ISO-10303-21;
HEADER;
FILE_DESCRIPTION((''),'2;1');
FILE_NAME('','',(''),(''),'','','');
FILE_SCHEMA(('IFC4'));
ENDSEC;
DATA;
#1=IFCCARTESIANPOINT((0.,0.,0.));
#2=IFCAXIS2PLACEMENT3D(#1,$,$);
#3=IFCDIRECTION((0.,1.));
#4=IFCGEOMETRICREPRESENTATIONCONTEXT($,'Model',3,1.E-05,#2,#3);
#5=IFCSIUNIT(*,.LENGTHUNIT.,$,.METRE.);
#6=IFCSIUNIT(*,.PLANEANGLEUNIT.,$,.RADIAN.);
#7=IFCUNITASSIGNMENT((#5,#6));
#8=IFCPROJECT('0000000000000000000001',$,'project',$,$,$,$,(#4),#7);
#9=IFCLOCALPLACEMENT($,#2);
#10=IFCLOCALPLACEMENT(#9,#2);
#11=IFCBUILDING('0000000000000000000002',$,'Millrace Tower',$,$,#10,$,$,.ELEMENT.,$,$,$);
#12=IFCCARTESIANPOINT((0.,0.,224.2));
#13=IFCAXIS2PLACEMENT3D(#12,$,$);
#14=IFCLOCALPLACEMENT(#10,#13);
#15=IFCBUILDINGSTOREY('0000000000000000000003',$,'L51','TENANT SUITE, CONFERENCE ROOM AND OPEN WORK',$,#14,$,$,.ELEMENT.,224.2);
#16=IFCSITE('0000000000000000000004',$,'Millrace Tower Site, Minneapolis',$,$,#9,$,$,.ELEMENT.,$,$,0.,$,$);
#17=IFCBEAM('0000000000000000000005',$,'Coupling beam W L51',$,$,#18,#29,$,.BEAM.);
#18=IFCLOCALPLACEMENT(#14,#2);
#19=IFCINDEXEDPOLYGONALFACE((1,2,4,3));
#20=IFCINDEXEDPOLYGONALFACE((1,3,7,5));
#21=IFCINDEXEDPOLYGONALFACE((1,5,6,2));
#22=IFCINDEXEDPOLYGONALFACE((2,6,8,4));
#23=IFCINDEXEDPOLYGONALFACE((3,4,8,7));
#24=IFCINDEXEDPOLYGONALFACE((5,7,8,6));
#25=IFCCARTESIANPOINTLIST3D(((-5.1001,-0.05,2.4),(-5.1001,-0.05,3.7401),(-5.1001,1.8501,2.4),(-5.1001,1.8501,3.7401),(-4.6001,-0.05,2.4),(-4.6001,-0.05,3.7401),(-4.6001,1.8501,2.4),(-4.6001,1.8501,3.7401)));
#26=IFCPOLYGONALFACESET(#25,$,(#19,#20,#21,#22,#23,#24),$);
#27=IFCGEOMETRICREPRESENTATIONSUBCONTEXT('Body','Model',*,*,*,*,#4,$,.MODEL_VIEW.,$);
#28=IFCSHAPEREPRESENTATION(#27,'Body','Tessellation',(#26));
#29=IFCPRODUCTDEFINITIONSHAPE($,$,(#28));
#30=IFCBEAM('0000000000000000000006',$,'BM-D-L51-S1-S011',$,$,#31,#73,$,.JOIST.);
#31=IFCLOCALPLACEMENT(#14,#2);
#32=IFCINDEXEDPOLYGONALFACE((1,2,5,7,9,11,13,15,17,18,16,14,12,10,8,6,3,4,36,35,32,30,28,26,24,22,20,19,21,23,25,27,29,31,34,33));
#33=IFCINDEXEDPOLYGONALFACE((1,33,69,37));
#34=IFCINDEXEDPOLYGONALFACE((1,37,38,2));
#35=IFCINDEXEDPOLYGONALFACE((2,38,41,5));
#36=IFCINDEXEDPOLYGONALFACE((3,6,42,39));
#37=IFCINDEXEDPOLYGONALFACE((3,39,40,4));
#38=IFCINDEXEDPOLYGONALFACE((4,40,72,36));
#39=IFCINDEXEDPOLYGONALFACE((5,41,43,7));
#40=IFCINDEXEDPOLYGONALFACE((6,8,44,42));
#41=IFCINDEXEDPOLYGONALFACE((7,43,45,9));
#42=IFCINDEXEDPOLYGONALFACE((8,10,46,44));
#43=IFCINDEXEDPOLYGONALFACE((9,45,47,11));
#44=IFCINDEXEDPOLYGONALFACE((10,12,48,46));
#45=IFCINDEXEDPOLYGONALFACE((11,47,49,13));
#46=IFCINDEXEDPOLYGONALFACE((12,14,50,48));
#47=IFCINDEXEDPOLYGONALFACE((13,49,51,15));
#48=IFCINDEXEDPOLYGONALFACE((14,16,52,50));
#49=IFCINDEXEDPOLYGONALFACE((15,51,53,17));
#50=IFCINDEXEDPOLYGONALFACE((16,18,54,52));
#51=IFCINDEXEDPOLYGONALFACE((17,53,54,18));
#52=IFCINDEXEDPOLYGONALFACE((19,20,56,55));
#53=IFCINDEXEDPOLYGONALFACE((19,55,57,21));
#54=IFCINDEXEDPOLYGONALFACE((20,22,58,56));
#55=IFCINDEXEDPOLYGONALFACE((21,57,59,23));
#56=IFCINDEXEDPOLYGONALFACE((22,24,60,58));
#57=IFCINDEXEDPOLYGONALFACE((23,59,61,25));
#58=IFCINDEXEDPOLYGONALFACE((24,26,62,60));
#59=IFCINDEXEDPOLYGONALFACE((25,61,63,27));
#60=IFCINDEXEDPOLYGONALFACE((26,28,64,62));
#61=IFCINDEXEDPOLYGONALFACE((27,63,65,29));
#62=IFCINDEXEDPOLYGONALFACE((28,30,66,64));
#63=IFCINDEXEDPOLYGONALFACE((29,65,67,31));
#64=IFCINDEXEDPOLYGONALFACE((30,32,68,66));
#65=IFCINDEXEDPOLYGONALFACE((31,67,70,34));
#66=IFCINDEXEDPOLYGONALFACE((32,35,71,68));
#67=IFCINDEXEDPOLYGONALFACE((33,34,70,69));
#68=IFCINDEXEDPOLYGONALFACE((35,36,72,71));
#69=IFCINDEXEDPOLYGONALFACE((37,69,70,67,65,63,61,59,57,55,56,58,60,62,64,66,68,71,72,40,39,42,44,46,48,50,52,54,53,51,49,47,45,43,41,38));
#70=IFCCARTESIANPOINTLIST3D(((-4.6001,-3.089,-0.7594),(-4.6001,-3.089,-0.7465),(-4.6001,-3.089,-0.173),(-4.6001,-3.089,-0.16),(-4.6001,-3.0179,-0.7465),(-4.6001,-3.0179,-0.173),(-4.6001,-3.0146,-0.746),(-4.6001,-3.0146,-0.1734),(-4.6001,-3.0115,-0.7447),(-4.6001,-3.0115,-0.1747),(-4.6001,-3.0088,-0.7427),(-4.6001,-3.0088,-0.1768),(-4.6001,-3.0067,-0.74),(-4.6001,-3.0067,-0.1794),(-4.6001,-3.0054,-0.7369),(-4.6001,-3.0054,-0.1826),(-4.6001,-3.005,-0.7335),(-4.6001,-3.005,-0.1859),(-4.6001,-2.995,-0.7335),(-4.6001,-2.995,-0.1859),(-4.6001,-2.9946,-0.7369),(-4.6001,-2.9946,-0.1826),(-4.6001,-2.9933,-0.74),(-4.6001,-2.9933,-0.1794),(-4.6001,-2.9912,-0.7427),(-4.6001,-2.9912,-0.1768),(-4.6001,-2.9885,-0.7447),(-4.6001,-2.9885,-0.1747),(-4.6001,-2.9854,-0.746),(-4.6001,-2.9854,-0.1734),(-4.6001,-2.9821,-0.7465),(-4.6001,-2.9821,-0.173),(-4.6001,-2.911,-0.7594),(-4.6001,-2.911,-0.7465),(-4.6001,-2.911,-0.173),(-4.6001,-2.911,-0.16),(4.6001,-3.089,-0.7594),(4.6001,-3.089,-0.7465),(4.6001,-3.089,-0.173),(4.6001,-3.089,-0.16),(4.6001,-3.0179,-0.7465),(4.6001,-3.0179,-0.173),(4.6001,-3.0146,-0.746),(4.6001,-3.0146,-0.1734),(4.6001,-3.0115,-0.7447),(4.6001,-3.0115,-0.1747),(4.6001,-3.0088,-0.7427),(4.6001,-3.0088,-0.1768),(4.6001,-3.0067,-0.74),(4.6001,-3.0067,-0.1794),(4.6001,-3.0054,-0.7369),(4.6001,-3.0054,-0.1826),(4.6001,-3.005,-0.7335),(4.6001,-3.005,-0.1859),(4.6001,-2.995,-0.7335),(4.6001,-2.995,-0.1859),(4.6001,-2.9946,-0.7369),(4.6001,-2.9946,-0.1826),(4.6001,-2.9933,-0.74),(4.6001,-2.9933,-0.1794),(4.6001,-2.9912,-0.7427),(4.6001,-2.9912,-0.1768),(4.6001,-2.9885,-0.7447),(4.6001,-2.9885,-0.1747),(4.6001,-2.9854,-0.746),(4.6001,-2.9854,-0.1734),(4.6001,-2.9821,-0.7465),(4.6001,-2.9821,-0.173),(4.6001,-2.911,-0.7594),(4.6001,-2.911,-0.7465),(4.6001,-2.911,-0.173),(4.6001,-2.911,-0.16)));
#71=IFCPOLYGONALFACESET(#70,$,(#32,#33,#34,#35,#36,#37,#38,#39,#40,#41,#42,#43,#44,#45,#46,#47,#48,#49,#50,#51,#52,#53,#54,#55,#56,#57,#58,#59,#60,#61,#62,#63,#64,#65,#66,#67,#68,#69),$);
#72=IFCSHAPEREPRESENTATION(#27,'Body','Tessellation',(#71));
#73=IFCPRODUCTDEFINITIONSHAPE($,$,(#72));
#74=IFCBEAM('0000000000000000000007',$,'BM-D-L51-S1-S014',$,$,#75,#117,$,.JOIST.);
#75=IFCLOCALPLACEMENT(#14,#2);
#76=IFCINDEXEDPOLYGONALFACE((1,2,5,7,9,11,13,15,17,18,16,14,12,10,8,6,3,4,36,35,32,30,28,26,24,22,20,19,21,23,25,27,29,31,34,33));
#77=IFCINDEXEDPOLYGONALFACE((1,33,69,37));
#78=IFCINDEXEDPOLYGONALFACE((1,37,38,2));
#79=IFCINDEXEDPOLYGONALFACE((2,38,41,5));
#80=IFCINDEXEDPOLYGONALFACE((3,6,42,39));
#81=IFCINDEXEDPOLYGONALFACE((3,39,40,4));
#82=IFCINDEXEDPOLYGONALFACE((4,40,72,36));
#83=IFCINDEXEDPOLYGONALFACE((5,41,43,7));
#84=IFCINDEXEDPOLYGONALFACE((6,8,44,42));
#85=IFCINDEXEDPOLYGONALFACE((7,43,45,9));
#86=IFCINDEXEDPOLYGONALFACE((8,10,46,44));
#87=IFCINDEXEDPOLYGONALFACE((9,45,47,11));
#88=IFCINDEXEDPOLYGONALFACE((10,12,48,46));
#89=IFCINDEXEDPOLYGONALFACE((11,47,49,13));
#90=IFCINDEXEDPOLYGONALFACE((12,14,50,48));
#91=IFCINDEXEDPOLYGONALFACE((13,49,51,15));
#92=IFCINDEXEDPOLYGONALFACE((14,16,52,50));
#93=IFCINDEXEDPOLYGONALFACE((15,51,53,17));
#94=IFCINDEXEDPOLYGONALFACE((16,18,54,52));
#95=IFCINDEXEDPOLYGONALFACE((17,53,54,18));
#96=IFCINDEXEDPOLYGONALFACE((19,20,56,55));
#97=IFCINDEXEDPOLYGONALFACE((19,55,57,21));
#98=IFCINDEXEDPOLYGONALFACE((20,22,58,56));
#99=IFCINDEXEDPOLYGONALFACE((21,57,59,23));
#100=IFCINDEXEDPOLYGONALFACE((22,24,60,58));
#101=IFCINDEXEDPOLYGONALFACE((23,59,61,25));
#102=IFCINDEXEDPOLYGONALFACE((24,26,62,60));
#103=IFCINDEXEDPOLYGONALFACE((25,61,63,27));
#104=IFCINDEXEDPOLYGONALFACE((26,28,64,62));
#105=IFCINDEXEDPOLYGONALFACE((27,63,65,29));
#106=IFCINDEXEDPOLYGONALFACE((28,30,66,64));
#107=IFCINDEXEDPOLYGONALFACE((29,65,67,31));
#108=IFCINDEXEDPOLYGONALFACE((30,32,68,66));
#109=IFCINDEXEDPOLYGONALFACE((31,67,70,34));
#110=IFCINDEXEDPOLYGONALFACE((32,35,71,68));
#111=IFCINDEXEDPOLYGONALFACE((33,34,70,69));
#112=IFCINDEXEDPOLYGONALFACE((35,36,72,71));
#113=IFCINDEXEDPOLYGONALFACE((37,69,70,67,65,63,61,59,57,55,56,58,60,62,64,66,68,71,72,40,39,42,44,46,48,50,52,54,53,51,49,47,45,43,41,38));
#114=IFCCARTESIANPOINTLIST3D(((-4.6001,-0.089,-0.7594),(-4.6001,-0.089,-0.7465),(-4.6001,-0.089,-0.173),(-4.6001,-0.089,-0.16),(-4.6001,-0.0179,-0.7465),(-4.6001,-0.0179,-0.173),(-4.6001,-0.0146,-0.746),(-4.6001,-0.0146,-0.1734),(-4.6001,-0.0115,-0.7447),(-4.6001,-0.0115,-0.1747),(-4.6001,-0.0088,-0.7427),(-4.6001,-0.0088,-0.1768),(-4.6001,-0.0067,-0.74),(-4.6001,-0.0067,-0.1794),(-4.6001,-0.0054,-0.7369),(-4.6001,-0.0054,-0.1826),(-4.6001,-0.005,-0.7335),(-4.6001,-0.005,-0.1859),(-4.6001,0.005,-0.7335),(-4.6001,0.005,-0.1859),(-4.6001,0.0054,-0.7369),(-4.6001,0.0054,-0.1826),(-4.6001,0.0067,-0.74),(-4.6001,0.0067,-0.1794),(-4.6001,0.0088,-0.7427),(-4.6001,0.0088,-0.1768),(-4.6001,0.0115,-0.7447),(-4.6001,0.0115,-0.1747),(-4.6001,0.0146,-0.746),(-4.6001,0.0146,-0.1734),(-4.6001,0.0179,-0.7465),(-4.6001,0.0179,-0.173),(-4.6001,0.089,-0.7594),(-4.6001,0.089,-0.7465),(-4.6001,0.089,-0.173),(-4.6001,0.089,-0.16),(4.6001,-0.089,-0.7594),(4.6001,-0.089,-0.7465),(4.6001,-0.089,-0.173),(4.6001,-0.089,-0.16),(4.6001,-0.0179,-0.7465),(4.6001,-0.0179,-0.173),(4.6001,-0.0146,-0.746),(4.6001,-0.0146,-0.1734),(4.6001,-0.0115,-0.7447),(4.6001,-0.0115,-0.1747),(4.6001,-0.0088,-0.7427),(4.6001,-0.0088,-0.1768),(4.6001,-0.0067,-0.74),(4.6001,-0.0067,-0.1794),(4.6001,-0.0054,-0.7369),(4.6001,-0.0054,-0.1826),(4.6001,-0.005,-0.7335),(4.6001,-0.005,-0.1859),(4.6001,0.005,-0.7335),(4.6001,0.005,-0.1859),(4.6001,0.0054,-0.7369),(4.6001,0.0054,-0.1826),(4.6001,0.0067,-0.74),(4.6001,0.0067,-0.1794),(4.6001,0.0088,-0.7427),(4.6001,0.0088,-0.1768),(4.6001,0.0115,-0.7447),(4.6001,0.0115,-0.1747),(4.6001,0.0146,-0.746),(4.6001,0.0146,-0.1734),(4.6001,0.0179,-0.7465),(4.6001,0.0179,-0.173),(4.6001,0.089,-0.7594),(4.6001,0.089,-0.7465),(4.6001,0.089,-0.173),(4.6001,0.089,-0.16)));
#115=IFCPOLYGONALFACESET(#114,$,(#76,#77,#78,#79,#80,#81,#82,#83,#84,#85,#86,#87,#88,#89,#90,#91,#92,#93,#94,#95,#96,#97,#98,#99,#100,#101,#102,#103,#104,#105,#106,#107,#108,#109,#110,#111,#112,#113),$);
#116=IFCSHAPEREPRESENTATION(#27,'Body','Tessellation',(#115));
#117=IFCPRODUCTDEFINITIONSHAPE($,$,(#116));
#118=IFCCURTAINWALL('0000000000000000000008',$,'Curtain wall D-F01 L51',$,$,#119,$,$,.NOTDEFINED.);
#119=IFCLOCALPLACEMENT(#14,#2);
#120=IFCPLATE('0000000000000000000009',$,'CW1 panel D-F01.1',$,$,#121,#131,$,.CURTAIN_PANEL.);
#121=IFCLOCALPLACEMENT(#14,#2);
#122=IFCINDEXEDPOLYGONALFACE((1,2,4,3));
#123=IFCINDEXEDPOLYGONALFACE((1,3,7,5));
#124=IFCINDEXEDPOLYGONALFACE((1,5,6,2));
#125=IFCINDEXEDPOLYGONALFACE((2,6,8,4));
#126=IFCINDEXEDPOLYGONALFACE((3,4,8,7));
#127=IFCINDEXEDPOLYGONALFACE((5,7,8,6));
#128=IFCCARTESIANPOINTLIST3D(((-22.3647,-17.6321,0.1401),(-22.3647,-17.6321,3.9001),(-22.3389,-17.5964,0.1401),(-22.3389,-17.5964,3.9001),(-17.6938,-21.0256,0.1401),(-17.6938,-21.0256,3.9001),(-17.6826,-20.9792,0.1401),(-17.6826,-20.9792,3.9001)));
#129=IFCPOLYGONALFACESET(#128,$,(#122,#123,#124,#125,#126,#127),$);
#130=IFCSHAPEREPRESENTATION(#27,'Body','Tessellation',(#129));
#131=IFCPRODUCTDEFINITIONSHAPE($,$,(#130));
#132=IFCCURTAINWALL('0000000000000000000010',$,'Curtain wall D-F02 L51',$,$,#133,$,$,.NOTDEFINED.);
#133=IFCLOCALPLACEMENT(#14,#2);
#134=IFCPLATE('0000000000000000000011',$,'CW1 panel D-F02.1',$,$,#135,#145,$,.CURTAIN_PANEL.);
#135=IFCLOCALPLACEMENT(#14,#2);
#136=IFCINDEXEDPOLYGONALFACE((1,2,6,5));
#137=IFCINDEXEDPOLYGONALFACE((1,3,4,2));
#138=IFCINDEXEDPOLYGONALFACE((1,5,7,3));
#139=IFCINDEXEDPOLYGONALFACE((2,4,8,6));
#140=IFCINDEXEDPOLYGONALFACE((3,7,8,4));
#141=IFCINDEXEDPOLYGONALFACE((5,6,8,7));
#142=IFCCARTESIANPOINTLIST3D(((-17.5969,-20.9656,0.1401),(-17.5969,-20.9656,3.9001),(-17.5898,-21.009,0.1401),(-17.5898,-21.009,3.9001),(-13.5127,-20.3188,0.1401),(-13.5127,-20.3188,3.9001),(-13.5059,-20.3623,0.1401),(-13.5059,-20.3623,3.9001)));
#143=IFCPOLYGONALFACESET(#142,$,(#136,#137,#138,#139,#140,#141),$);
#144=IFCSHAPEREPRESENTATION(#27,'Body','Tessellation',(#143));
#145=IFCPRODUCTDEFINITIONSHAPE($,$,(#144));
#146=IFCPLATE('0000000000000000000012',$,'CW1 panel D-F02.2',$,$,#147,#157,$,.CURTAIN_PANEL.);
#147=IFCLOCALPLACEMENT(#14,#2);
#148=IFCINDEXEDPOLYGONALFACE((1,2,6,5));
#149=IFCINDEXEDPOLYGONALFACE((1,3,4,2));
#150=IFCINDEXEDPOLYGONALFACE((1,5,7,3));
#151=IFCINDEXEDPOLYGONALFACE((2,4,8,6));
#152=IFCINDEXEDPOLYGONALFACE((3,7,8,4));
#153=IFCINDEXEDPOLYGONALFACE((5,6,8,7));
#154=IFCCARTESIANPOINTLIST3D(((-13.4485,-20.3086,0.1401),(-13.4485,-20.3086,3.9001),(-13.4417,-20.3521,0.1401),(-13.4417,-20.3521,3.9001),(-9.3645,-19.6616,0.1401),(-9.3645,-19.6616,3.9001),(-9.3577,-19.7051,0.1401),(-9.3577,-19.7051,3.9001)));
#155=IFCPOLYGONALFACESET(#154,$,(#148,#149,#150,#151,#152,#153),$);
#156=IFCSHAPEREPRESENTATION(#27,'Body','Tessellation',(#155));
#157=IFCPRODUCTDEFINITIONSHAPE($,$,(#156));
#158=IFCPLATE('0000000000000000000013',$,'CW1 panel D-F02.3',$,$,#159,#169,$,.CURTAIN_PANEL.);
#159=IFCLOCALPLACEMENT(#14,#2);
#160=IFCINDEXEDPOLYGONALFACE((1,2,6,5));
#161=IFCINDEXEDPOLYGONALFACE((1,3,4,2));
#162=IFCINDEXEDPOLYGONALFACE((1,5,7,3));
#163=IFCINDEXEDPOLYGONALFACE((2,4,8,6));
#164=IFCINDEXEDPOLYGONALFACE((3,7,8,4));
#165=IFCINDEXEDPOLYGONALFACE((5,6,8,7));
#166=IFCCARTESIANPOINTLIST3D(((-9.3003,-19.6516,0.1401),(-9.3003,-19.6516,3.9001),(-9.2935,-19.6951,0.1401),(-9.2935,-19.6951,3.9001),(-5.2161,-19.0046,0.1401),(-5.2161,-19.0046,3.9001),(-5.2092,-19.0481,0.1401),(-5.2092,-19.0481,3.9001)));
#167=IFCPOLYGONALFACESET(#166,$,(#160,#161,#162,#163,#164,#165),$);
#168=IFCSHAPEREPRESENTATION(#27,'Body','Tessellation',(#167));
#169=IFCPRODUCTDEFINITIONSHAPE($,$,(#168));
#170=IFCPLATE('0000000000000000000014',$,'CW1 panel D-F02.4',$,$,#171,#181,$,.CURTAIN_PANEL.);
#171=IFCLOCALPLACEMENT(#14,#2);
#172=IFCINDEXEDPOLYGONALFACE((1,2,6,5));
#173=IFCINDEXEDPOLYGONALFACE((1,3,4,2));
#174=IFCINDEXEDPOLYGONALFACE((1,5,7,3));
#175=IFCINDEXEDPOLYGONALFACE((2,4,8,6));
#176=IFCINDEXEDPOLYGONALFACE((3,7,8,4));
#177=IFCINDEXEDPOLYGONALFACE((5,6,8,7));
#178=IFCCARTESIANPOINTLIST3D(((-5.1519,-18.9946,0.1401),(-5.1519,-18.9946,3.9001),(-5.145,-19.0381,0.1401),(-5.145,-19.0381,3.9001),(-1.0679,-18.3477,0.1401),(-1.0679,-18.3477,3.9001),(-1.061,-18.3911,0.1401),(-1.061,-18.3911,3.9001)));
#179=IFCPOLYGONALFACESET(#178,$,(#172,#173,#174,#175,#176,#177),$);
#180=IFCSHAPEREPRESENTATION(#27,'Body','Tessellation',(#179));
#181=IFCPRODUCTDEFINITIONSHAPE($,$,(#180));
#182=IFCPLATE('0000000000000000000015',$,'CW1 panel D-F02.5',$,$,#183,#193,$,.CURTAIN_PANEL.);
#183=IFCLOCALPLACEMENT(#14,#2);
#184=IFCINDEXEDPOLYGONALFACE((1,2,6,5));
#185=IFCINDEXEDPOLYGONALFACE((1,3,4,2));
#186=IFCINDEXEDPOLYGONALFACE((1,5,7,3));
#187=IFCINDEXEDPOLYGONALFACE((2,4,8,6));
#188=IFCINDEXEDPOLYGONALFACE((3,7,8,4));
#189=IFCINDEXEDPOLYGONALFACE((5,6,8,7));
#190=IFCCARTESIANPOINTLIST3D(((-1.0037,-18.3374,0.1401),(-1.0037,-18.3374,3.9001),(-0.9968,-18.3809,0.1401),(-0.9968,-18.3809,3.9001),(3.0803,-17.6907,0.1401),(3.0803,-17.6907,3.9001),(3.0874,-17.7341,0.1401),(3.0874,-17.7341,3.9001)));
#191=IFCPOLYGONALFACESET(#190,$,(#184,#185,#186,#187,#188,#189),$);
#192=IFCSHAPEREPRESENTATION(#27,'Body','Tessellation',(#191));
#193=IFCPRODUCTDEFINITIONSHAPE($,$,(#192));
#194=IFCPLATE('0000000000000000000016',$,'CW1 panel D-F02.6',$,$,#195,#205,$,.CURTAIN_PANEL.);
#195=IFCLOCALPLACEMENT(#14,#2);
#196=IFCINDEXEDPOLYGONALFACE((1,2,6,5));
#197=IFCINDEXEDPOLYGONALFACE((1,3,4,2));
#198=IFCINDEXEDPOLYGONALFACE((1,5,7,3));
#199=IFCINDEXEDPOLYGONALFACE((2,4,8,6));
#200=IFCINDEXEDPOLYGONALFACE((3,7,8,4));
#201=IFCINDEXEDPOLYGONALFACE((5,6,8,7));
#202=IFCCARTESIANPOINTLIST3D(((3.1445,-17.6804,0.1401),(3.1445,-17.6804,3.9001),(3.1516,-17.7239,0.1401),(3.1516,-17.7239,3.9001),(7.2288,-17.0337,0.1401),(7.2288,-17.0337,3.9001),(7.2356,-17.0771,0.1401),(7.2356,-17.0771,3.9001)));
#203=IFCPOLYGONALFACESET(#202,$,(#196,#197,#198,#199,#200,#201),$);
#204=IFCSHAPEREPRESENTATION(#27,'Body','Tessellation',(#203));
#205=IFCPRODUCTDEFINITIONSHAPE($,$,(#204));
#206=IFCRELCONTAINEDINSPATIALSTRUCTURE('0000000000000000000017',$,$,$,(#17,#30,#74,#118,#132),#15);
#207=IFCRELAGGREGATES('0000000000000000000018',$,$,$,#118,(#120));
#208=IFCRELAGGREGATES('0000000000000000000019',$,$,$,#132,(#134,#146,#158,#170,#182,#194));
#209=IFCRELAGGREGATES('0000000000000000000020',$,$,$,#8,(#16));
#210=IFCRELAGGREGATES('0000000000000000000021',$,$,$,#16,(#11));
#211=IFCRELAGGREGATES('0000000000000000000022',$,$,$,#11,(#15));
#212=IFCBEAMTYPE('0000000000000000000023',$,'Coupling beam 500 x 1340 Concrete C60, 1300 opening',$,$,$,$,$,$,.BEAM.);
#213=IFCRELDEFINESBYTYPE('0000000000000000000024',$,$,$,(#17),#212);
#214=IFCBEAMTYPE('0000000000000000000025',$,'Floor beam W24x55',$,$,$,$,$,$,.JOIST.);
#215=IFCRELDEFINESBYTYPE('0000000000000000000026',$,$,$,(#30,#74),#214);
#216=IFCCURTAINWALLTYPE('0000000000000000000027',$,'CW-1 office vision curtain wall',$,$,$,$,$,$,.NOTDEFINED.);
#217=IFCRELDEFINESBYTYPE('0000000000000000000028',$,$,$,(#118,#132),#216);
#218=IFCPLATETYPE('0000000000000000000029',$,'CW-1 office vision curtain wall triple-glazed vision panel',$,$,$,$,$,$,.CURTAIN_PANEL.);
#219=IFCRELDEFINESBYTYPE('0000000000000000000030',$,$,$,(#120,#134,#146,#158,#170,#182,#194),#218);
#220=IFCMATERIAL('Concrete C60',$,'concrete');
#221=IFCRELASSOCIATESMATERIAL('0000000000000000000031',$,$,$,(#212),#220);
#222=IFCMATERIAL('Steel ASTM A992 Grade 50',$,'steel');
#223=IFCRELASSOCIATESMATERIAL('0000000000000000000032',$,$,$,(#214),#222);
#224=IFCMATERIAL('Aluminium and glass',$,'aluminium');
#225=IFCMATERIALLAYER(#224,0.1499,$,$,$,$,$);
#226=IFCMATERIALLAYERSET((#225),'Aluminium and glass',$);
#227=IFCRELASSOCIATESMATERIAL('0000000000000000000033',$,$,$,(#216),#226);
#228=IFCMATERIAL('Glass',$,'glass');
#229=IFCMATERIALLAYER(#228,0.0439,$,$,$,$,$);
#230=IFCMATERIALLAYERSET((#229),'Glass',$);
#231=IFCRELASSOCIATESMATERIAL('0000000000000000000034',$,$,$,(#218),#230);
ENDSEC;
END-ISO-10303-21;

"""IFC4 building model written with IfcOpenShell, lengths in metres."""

from ifc_helpers import new_model, si_unit, direction, frame, origin, origin_2d, place, context, subcontext, project, spatial, polyline, rectangle, i_section, outline, extrude, material, layer, layer_set, material_profile, profile_set, type_object, element, aggregate, save


model = new_model("IFC4")

# Units and contexts
model_context = context("Model", 3, precision=1e-05, world=origin(), true_north=direction((0.0, 1.0)))
body_context = subcontext(model_context, "Body", "Model", "MODEL_VIEW")
ifc_project = project(units=[si_unit("LENGTHUNIT", "METRE"), si_unit("PLANEANGLEUNIT", "RADIAN")], contexts=[model_context])

# Site, building, storey
site_placement = place(None, origin())
site = spatial("IfcSite", under=ifc_project, at=site_placement, Name="Millrace Tower Site, Minneapolis", CompositionType="ELEMENT", RefElevation=0.0)
building_placement = place(site_placement, origin())
building = spatial("IfcBuilding", under=site, at=building_placement, Name="Millrace Tower", CompositionType="ELEMENT")
storey_placement = place(building_placement, frame((0.0, 0.0, 224.2)))
storey = spatial("IfcBuildingStorey", under=building, at=storey_placement, Name="L51", Description="TENANT SUITE, CONFERENCE ROOM AND OPEN WORK", CompositionType="ELEMENT", Elevation=224.2)

# Beams
ifc_material_1 = material(Name="Concrete C60", Category="concrete")
ifc_material_profile_1 = material_profile(ifc_material_1, rectangle(XDim=0.5, YDim=1.3401, at=origin_2d()))
ifc_profile_set_1 = profile_set([ifc_material_profile_1], Name="Concrete C60")
beam_type_1 = type_object("IfcBeamType", Name="Coupling beam 500 x 1340 Concrete C60, 1300 opening", PredefinedType="BEAM", material=ifc_profile_set_1)
beam_placement = place(storey_placement, frame((-4.8501, -0.05, 3.0701), z_axis=(0.0, 1.0, 0.0), x_axis=(-1.0, 0.0, 0.0)))
element("IfcBeam", 1, at=beam_placement, inside=storey, type_object=beam_type_1, Name="Coupling beam W L51", PredefinedType="BEAM", context=body_context, shape_type="SweptSolid", body=[
    extrude(rectangle(XDim=0.5, YDim=1.3401, at=origin_2d()), origin(), (0.0, 0.0, 1.0), 1.9001),
])
ifc_material_2 = material(Name="Steel ASTM A992 Grade 50", Category="steel")
ifc_material_profile_2 = material_profile(ifc_material_2, i_section(OverallWidth=0.178, OverallDepth=0.5994, WebThickness=0.01, FlangeThickness=0.0129, FilletRadius=0.0129, at=origin_2d()))
ifc_profile_set_2 = profile_set([ifc_material_profile_2], Name="Steel ASTM A992 Grade 50")
beam_type_2 = type_object("IfcBeamType", Name="Floor beam W24x55", PredefinedType="JOIST", material=ifc_profile_set_2)
for number, where, z_axis, x_axis, name in (
    (2, (-4.6001, -3.0, -0.4597), (1.0, 0.0, 0.0), (0.0, 1.0, 0.0), "BM-D-L51-S1-S011"),
    (3, (-4.6001, 0.0, -0.4597), (1.0, 0.0, 0.0), (0.0, 1.0, 0.0), "BM-D-L51-S1-S014"),
):
    element("IfcBeam", number, at=place(storey_placement, frame(where, z_axis=z_axis, x_axis=x_axis)), inside=storey, type_object=beam_type_2, Name=name, PredefinedType="JOIST", context=body_context, shape_type="SweptSolid", body=[
        extrude(i_section(OverallWidth=0.178, OverallDepth=0.5994, WebThickness=0.01, FlangeThickness=0.0129, FilletRadius=0.0129, at=origin_2d()), origin(), (0.0, 0.0, 1.0), 9.2002),
    ])

# Curtain wall, plate
ifc_material_3 = material(Name="Aluminium and glass", Category="aluminium")
ifc_layer_1 = layer(ifc_material_3, 0.1499)
ifc_layer_set_1 = layer_set([ifc_layer_1], Name="Aluminium and glass")
curtain_wall_type = type_object("IfcCurtainWallType", Name="CW-1 office vision curtain wall", PredefinedType="NOTDEFINED", material=ifc_layer_set_1)
placement_1 = place(storey_placement, origin())
curtain_wall_1 = element("IfcCurtainWall", 4, at=placement_1, inside=storey, type_object=curtain_wall_type, Name="Curtain wall D-F01 L51", PredefinedType="NOTDEFINED")
ifc_material_4 = material(Name="Glass", Category="glass")
ifc_layer_2 = layer(ifc_material_4, 0.0439)
ifc_layer_set_2 = layer_set([ifc_layer_2], Name="Glass")
plate_type = type_object("IfcPlateType", Name="CW-1 office vision curtain wall triple-glazed vision panel", PredefinedType="CURTAIN_PANEL", material=ifc_layer_set_2)
placement_2 = place(storey_placement, frame((0.0, 0.0, 0.1401)))
plate_1 = element("IfcPlate", 5, at=placement_2, type_object=plate_type, Name="CW1 panel D-F01.1", PredefinedType="CURTAIN_PANEL", context=body_context, shape_type="SweptSolid", body=[
    extrude(outline(polyline([(-22.3647, -17.6321), (-17.6938, -21.0256), (-17.6826, -20.9792), (-22.3389, -17.5964), (-22.3647, -17.6321)])), origin(), (0.0, 0.0, 1.0), 3.76),
])
aggregate(curtain_wall_1, [plate_1])

# Curtain wall, plates
curtain_wall_2 = element("IfcCurtainWall", 6, at=placement_1, inside=storey, type_object=curtain_wall_type, Name="Curtain wall D-F02 L51", PredefinedType="NOTDEFINED")
plate_2 = element("IfcPlate", 7, at=placement_2, type_object=plate_type, Name="CW1 panel D-F02.1", PredefinedType="CURTAIN_PANEL", context=body_context, shape_type="SweptSolid", body=[
    extrude(outline(polyline([(-17.5898, -21.009), (-13.5059, -20.3623), (-13.5127, -20.3188), (-17.5969, -20.9656), (-17.5898, -21.009)])), origin(), (0.0, 0.0, 1.0), 3.76),
])
plate_3 = element("IfcPlate", 8, at=placement_2, type_object=plate_type, Name="CW1 panel D-F02.2", PredefinedType="CURTAIN_PANEL", context=body_context, shape_type="SweptSolid", body=[
    extrude(outline(polyline([(-13.4417, -20.3521), (-9.3577, -19.7051), (-9.3645, -19.6616), (-13.4485, -20.3086), (-13.4417, -20.3521)])), origin(), (0.0, 0.0, 1.0), 3.76),
])
plate_4 = element("IfcPlate", 9, at=placement_2, type_object=plate_type, Name="CW1 panel D-F02.3", PredefinedType="CURTAIN_PANEL", context=body_context, shape_type="SweptSolid", body=[
    extrude(outline(polyline([(-9.2935, -19.6951), (-5.2092, -19.0481), (-5.2161, -19.0046), (-9.3003, -19.6516), (-9.2935, -19.6951)])), origin(), (0.0, 0.0, 1.0), 3.76),
])
plate_5 = element("IfcPlate", 10, at=placement_2, type_object=plate_type, Name="CW1 panel D-F02.4", PredefinedType="CURTAIN_PANEL", context=body_context, shape_type="SweptSolid", body=[
    extrude(outline(polyline([(-5.145, -19.0381), (-1.061, -18.3911), (-1.0679, -18.3477), (-5.1519, -18.9946), (-5.145, -19.0381)])), origin(), (0.0, 0.0, 1.0), 3.76),
])
plate_6 = element("IfcPlate", 11, at=placement_2, type_object=plate_type, Name="CW1 panel D-F02.5", PredefinedType="CURTAIN_PANEL", context=body_context, shape_type="SweptSolid", body=[
    extrude(outline(polyline([(-0.9968, -18.3809), (3.0874, -17.7341), (3.0803, -17.6907), (-1.0037, -18.3374), (-0.9968, -18.3809)])), origin(), (0.0, 0.0, 1.0), 3.76),
])
plate_7 = element("IfcPlate", 12, at=placement_2, type_object=plate_type, Name="CW1 panel D-F02.6", PredefinedType="CURTAIN_PANEL", context=body_context, shape_type="SweptSolid", body=[
    extrude(outline(polyline([(3.1516, -17.7239), (7.2356, -17.0771), (7.2288, -17.0337), (3.1445, -17.6804), (3.1516, -17.7239)])), origin(), (0.0, 0.0, 1.0), 3.76),
])
aggregate(curtain_wall_2, [plate_2, plate_3, plate_4, plate_5, plate_6, plate_7])

save(model, "model.ifc")
